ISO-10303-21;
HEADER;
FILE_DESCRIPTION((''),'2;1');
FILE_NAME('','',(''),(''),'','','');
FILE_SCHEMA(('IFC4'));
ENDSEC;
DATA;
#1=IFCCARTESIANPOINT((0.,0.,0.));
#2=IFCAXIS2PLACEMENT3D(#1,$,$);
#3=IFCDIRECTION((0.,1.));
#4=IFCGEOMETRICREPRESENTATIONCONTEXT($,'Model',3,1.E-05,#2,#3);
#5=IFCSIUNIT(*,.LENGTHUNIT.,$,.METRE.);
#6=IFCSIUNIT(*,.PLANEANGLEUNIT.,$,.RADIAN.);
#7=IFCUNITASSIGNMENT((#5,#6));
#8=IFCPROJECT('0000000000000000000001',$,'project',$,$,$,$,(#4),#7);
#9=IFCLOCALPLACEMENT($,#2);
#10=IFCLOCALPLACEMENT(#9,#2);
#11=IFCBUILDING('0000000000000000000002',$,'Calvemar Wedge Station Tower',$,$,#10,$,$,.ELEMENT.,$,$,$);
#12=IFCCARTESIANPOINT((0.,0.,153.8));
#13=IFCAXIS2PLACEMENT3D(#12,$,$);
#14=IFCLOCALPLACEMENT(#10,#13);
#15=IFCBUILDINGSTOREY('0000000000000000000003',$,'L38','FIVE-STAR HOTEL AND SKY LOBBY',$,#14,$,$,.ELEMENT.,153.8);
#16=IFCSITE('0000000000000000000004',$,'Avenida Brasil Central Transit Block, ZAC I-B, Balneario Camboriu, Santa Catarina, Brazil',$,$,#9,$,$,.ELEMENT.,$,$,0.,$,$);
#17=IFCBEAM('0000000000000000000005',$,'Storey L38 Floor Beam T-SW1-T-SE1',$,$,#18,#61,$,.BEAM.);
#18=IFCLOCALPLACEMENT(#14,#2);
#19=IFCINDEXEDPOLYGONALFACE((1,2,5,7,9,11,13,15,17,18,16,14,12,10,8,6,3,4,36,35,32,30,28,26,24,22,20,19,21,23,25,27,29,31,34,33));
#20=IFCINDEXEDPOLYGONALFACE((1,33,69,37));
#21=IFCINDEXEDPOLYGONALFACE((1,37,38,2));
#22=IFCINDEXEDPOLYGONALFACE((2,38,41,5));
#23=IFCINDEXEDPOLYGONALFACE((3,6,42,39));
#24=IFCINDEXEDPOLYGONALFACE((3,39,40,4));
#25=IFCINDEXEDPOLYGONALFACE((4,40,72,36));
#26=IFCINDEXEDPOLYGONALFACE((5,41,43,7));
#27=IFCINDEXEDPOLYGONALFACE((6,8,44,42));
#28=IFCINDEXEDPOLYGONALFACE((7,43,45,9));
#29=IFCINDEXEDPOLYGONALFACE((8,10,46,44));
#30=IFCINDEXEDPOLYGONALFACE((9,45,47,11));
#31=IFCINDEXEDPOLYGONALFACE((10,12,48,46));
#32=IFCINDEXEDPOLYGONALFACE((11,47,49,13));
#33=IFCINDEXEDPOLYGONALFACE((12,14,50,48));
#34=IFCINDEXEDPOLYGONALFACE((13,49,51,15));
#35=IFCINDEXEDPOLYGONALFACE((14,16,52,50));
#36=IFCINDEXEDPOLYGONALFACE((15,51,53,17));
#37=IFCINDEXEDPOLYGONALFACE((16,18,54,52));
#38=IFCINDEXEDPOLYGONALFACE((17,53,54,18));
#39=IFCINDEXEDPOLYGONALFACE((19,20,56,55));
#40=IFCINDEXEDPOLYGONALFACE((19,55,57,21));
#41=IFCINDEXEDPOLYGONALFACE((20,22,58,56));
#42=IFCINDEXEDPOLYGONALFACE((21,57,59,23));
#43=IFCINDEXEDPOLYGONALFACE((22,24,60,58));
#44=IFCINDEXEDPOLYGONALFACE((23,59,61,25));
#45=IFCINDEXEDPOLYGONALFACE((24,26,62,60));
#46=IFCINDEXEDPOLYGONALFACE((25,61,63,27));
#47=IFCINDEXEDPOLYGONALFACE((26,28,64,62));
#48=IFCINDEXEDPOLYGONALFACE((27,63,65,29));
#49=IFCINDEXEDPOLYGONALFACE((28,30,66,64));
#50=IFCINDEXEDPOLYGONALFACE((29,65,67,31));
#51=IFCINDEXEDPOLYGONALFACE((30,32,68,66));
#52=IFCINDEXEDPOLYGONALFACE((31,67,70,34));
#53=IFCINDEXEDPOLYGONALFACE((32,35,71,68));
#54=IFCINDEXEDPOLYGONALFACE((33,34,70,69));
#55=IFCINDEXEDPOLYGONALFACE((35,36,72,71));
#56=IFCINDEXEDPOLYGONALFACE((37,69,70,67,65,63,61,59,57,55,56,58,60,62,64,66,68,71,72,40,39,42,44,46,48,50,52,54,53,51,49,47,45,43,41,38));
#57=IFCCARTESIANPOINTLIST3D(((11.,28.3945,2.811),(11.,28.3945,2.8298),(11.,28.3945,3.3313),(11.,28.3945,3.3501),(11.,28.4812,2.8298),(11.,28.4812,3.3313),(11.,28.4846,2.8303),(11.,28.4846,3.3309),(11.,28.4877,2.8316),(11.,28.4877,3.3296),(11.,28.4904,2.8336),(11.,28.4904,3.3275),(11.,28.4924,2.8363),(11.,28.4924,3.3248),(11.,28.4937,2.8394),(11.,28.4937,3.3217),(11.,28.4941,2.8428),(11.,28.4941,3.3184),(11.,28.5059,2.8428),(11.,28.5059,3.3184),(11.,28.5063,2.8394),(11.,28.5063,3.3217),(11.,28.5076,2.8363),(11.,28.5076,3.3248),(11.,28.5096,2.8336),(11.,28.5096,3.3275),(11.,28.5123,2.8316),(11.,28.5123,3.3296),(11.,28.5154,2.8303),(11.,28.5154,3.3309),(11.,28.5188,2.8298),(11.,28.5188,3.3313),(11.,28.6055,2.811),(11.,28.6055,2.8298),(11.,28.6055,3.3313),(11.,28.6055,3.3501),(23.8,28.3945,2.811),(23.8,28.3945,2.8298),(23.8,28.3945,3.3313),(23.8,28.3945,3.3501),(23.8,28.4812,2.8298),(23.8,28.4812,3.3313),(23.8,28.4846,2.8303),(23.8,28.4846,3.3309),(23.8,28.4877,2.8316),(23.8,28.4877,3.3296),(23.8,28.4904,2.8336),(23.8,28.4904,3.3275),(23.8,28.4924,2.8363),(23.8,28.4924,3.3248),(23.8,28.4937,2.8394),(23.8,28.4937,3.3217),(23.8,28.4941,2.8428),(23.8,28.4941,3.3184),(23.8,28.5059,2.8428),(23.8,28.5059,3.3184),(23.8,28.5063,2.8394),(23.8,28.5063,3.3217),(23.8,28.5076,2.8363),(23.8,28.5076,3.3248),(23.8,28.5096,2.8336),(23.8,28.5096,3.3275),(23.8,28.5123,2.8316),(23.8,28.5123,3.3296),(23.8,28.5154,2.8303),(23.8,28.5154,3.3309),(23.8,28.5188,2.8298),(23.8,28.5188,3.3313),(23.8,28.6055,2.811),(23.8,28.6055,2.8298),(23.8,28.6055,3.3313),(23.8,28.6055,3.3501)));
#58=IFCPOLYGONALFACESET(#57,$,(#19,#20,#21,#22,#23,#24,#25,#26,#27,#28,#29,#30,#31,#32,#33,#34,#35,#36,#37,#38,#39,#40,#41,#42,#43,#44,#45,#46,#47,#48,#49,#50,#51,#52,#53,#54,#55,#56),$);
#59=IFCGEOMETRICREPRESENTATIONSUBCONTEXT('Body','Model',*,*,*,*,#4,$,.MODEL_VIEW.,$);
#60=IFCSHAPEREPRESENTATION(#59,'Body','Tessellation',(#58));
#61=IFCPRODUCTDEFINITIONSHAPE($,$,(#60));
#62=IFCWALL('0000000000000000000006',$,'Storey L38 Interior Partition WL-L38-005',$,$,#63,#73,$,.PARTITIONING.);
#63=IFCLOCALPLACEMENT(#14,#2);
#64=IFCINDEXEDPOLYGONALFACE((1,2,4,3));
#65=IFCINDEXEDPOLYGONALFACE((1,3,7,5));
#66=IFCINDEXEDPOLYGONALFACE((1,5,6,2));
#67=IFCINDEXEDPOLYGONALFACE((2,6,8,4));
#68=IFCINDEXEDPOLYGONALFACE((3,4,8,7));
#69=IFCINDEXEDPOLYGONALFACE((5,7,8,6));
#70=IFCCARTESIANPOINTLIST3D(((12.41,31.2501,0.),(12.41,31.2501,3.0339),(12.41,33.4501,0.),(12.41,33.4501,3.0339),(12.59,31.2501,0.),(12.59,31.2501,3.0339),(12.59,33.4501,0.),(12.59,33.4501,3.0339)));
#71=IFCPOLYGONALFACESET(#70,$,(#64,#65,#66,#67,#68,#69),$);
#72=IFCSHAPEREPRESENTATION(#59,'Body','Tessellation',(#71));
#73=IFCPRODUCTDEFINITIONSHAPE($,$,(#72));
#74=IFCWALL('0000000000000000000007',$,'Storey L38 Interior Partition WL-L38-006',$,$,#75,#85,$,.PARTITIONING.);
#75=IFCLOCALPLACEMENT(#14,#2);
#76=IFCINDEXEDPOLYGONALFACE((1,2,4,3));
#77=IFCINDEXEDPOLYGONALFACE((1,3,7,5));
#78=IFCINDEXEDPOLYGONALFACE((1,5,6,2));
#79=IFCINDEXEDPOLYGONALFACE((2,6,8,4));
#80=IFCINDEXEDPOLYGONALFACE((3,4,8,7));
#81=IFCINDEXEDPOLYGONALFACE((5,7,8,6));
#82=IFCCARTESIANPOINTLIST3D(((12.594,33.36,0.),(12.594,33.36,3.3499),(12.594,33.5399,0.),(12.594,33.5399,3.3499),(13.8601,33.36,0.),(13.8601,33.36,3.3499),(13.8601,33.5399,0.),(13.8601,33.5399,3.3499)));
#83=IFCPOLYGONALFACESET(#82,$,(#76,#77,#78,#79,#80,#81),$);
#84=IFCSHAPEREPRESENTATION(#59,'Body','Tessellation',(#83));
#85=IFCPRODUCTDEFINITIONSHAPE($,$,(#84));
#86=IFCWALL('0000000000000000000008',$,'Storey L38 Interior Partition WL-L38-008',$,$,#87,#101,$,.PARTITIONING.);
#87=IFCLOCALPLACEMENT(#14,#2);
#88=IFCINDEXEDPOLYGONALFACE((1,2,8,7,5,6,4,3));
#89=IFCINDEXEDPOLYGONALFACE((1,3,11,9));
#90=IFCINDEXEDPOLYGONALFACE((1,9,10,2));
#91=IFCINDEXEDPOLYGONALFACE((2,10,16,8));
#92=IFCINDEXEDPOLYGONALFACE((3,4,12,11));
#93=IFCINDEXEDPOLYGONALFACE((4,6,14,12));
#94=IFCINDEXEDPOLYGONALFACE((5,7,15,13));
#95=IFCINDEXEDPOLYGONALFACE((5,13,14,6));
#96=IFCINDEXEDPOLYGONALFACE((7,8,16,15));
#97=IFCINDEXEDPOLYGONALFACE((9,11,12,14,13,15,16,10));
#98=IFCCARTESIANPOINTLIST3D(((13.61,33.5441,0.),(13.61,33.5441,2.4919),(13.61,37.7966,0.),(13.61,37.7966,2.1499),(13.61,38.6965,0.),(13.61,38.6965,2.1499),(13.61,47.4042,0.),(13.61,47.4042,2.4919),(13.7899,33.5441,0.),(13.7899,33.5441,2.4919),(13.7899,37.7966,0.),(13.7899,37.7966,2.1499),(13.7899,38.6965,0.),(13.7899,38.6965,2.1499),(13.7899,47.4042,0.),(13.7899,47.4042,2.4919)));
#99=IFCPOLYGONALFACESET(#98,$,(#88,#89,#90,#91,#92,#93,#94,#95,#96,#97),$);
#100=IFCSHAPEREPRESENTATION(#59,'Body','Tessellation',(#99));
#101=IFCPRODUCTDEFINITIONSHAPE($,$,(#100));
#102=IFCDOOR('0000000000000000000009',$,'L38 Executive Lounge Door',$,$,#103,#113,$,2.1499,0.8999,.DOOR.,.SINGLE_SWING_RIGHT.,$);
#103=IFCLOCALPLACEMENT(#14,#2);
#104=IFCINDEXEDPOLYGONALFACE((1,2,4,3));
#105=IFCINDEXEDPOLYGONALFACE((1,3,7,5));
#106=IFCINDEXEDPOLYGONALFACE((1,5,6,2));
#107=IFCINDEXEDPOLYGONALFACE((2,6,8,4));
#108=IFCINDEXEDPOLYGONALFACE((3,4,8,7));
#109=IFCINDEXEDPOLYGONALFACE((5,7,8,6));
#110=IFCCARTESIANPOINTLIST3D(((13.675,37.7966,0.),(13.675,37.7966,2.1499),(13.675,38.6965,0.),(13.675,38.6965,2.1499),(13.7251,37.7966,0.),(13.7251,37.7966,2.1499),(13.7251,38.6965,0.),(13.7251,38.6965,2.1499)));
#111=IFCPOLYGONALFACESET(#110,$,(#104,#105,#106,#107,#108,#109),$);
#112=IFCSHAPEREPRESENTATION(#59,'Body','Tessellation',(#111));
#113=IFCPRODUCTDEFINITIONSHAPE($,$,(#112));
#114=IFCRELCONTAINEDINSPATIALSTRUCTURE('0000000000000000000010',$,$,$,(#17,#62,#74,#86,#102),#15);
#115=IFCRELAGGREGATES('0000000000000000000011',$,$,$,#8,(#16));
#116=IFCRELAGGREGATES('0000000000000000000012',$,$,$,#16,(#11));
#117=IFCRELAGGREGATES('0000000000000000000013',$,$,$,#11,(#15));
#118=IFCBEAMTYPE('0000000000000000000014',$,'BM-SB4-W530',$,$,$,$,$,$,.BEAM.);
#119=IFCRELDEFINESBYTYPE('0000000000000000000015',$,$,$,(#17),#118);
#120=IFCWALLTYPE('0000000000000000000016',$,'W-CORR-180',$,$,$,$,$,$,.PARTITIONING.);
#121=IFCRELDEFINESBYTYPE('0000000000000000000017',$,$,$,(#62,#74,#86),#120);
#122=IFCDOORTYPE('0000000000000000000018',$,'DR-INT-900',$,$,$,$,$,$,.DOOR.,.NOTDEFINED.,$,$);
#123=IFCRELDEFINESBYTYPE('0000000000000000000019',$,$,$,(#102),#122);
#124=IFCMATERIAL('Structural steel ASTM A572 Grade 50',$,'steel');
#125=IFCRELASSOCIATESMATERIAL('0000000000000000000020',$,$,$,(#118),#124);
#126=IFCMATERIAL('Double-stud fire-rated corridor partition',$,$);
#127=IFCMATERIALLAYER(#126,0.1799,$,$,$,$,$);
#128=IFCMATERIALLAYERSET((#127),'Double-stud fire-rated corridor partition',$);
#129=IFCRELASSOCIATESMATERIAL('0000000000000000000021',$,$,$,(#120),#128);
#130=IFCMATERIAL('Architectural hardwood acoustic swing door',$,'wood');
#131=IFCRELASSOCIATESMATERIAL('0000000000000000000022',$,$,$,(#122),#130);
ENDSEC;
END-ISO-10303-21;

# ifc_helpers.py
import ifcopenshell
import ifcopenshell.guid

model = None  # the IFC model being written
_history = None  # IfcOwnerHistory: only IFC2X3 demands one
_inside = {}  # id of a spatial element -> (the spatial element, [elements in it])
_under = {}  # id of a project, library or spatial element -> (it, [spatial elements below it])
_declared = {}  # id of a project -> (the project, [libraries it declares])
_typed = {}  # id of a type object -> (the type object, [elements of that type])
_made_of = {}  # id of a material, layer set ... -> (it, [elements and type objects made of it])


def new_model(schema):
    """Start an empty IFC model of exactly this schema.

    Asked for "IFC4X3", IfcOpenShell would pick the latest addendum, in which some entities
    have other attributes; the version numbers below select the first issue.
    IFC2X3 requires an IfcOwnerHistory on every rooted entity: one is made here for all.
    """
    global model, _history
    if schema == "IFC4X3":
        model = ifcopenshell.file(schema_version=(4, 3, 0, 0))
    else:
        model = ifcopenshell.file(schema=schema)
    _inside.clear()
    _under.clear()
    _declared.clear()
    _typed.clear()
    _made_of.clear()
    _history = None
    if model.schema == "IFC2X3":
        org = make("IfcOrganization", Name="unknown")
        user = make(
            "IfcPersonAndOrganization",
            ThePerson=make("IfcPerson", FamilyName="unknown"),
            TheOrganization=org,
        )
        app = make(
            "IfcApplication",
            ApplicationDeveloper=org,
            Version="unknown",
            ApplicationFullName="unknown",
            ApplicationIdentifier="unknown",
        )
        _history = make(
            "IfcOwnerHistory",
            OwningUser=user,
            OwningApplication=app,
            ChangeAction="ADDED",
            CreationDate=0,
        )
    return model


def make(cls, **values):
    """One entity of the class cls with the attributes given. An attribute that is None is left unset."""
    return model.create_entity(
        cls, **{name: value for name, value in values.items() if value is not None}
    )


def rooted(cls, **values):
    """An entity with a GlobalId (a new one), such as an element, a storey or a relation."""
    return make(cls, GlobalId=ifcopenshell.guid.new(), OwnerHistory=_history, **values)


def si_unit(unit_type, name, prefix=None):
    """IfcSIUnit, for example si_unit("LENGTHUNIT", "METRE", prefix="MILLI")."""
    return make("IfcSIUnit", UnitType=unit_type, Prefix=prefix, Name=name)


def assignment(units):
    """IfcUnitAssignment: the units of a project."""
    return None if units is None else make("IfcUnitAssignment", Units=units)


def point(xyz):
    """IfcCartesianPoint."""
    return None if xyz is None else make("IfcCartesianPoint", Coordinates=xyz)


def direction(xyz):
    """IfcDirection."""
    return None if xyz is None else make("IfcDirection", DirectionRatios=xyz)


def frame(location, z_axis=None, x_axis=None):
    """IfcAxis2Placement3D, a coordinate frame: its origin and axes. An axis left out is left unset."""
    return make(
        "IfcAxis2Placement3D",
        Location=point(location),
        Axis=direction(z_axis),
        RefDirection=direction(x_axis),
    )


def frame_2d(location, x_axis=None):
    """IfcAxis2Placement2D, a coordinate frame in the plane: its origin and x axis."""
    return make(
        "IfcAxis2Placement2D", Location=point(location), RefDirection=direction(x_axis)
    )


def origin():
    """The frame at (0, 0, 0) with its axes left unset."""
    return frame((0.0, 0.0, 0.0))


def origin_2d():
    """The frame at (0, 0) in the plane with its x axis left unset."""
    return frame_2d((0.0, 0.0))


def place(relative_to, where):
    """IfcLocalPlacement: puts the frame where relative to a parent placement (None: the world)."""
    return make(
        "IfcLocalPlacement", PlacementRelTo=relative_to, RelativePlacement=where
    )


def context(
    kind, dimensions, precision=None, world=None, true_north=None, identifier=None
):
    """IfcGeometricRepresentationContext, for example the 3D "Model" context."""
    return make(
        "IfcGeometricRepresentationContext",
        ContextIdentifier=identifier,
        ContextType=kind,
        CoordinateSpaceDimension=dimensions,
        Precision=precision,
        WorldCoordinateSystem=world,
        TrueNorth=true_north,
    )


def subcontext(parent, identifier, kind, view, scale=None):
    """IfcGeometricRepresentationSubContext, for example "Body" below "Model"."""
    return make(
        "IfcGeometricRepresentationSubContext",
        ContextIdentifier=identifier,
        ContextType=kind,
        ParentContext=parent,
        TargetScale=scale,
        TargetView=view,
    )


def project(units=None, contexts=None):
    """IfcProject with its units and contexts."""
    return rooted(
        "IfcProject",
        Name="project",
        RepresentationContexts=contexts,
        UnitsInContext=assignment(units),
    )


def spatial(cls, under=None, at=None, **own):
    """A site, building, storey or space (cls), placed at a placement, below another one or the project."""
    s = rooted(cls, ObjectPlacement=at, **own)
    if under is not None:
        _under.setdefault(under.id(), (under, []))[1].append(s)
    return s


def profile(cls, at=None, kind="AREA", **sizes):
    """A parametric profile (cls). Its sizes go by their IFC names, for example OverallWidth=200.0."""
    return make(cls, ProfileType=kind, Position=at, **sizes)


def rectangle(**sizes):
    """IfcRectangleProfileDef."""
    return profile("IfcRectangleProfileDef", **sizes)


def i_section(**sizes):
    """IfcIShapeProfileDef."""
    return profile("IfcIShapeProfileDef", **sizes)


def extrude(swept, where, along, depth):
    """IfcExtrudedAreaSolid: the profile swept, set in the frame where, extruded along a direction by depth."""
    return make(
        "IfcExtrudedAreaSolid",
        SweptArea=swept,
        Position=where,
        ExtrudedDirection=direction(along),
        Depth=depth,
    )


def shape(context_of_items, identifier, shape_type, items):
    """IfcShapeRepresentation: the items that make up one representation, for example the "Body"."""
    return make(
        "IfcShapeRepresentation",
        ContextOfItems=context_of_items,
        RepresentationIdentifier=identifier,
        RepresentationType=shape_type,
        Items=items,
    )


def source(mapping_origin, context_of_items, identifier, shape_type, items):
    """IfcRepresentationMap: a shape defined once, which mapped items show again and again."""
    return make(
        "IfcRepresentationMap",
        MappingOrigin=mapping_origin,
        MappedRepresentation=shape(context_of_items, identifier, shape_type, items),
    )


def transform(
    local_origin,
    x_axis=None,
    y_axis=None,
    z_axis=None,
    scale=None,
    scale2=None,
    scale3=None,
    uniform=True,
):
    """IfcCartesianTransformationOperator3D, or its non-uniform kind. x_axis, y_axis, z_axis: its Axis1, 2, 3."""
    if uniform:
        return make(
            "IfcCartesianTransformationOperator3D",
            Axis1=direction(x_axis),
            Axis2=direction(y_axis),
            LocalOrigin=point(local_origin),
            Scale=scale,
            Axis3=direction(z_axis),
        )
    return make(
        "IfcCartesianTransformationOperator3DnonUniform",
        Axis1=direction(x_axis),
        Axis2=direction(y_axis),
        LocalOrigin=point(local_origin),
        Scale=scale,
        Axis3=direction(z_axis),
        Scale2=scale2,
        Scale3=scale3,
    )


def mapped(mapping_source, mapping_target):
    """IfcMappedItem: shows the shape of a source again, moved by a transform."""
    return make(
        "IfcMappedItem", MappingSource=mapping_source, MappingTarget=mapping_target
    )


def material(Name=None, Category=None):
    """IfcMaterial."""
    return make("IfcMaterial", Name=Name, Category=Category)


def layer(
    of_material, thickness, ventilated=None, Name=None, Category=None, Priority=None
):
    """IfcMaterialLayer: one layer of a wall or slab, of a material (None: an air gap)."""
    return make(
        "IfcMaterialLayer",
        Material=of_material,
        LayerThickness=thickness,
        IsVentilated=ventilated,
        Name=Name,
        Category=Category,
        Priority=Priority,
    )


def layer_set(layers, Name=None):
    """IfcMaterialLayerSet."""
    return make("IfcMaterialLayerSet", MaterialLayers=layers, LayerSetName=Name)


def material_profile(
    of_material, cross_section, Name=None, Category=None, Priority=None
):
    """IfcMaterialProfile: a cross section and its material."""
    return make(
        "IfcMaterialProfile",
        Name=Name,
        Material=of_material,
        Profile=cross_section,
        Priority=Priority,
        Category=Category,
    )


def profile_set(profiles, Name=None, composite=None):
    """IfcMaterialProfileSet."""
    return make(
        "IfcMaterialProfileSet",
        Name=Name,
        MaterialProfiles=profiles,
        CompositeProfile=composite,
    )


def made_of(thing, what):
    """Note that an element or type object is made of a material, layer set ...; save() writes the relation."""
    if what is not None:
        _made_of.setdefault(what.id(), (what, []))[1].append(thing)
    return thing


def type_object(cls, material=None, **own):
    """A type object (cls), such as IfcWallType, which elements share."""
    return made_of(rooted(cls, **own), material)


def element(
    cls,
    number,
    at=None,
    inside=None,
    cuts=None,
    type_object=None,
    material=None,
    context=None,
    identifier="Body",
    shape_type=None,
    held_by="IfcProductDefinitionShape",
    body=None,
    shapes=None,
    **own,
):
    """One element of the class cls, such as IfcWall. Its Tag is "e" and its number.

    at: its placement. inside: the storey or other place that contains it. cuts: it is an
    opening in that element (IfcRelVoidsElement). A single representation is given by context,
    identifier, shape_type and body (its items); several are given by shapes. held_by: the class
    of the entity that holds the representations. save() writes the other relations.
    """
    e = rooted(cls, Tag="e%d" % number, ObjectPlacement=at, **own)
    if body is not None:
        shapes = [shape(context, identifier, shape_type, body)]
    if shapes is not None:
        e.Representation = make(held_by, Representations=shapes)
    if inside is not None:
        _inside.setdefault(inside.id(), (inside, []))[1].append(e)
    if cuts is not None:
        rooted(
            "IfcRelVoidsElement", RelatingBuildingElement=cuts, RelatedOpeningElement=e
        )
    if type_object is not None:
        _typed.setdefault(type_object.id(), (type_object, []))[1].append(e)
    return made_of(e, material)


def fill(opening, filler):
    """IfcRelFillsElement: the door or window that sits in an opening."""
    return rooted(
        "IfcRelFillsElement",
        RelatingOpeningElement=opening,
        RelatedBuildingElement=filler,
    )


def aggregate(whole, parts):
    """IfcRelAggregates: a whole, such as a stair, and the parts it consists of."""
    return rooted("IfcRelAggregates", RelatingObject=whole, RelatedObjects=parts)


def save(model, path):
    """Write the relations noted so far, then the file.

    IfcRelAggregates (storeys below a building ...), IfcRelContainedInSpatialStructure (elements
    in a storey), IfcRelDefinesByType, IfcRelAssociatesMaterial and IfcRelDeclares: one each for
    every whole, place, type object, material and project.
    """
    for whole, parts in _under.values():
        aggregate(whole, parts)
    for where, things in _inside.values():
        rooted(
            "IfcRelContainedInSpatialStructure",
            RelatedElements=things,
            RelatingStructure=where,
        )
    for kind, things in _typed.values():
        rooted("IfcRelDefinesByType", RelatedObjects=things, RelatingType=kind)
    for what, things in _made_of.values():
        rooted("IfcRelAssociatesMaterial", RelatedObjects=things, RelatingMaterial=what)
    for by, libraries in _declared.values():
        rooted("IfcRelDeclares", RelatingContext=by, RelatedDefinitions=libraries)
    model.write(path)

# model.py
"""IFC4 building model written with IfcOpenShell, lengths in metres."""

from ifc_helpers import new_model, si_unit, direction, frame, frame_2d, origin, origin_2d, place, context, subcontext, project, spatial, rectangle, i_section, extrude, source, transform, mapped, material, layer, layer_set, material_profile, profile_set, type_object, element, fill, save


model = new_model("IFC4")

# Units and contexts
model_context = context("Model", 3, precision=1e-05, world=origin(), true_north=direction((0.0, 1.0)))
body_context = subcontext(model_context, "Body", "Model", "MODEL_VIEW")
ifc_project = project(units=[si_unit("LENGTHUNIT", "METRE"), si_unit("PLANEANGLEUNIT", "RADIAN")], contexts=[model_context])

# Site, building, storey
site_placement = place(None, origin())
site = spatial("IfcSite", under=ifc_project, at=site_placement, Name="Avenida Brasil Central Transit Block, ZAC I-B, Balneario Camboriu, Santa Catarina, Brazil", CompositionType="ELEMENT", RefElevation=0.0)
building_placement = place(site_placement, origin())
building = spatial("IfcBuilding", under=site, at=building_placement, Name="Calvemar Wedge Station Tower", CompositionType="ELEMENT")
storey_placement = place(building_placement, frame((0.0, 0.0, 153.8)))
storey = spatial("IfcBuildingStorey", under=building, at=storey_placement, Name="L38", Description="FIVE-STAR HOTEL AND SKY LOBBY", CompositionType="ELEMENT", Elevation=153.8)

# Beam
ifc_material_1 = material(Name="Structural steel ASTM A572 Grade 50", Category="steel")
ifc_material_profile_1 = material_profile(ifc_material_1, i_section(OverallWidth=0.2109, OverallDepth=0.5391, WebThickness=0.0117, FlangeThickness=0.0188, FilletRadius=0.0129, at=origin_2d()), Name="W530x109")
ifc_profile_set_1 = profile_set([ifc_material_profile_1], Name="Structural steel ASTM A572 Grade 50")
beam_type_1 = type_object("IfcBeamType", Name="BM-SB4-W530", PredefinedType="BEAM", material=ifc_profile_set_1)
shared_shape_1 = source(origin(), body_context, "Body", "SweptSolid", [
    extrude(i_section(OverallWidth=0.2109, OverallDepth=0.5391, WebThickness=0.0117, FlangeThickness=0.0188, FilletRadius=0.0129, at=origin_2d()), origin(), (0.0, 0.0, 1.0), 12.8),
])
beam_1_placement = place(storey_placement, frame((11.0, 28.5, 3.0806), z_axis=(1.0, 0.0, 0.0), x_axis=(0.0, 1.0, 0.0)))
element("IfcBeam", 1, at=beam_1_placement, inside=storey, type_object=beam_type_1, Name="Storey L38 Floor Beam T-SW1-T-SE1", PredefinedType="BEAM", context=body_context, shape_type="MappedRepresentation", body=[
    mapped(shared_shape_1, transform((0.0, 0.0, 0.0), scale=1.0)),
])

# Walls
ifc_material_2 = material(Name="Double-stud fire-rated corridor partition")
ifc_layer_1 = layer(ifc_material_2, 0.1799)
ifc_layer_set_1 = layer_set([ifc_layer_1], Name="Double-stud fire-rated corridor partition")
wall_type_1 = type_object("IfcWallType", Name="W-CORR-180", PredefinedType="PARTITIONING", material=ifc_layer_set_1)
wall_1_placement = place(storey_placement, frame((12.5, 31.25, 0.0), z_axis=(0.0, 0.0, 1.0), x_axis=(0.0, 1.0, 0.0)))
element("IfcWall", 2, at=wall_1_placement, inside=storey, type_object=wall_type_1, Name="Storey L38 Interior Partition WL-L38-005", PredefinedType="PARTITIONING", context=body_context, shape_type="SweptSolid", body=[
    extrude(rectangle(XDim=2.2, YDim=0.1799, at=frame_2d((1.1001, 0.0))), origin(), (0.0, 0.0, 1.0), 3.0339),
])
wall_2_placement = place(storey_placement, frame((12.594, 33.45, 0.0), z_axis=(0.0, 0.0, 1.0), x_axis=(1.0, 0.0, 0.0)))
element("IfcWall", 3, at=wall_2_placement, inside=storey, type_object=wall_type_1, Name="Storey L38 Interior Partition WL-L38-006", PredefinedType="PARTITIONING", context=body_context, shape_type="SweptSolid", body=[
    extrude(rectangle(XDim=1.2661, YDim=0.1799, at=frame_2d((0.6331, 0.0))), origin(), (0.0, 0.0, 1.0), 3.3499),
])

# Wall, opening, door
wall_3_placement = place(storey_placement, frame((13.7, 33.5439, 0.0), z_axis=(0.0, 0.0, 1.0), x_axis=(0.0, 1.0, 0.0)))
wall_3 = element("IfcWall", 4, at=wall_3_placement, inside=storey, type_object=wall_type_1, Name="Storey L38 Interior Partition WL-L38-008", PredefinedType="PARTITIONING", context=body_context, shape_type="SweptSolid", body=[
    extrude(rectangle(XDim=13.8601, YDim=0.1799, at=frame_2d((6.9302, 0.0))), origin(), (0.0, 0.0, 1.0), 2.4919),
])
shared_shape_2 = source(origin(), body_context, "Body", "SweptSolid", [
    extrude(rectangle(XDim=0.8999, YDim=2.1499, at=frame_2d((0.45, 1.075))), frame((0.0, 0.1001, 0.0), z_axis=(0.0, -1.0, 0.0), x_axis=(1.0, 0.0, 0.0)), (0.0, 0.0, 1.0), 0.2),
])
opening_1_placement = place(wall_3_placement, frame((4.2527, 0.0, 0.0)))
opening_1 = element("IfcOpeningElement", 5, at=opening_1_placement, cuts=wall_3, PredefinedType="OPENING", context=body_context, shape_type="MappedRepresentation", body=[
    mapped(shared_shape_2, transform((0.0, 0.0, 0.0), scale=1.0)),
])
ifc_material_3 = material(Name="Architectural hardwood acoustic swing door", Category="wood")
door_type_1 = type_object("IfcDoorType", Name="DR-INT-900", OperationType="NOTDEFINED", PredefinedType="DOOR", material=ifc_material_3)
shared_shape_3 = source(origin(), body_context, "Body", "SweptSolid", [
    extrude(rectangle(XDim=0.8999, YDim=2.1499, at=frame_2d((0.45, 1.075))), frame((0.0, 0.0249, 0.0), z_axis=(0.0, -1.0, 0.0), x_axis=(1.0, 0.0, 0.0)), (0.0, 0.0, 1.0), 0.05),
])
door_1_placement = place(opening_1_placement, origin())
door_1 = element("IfcDoor", 6, at=door_1_placement, inside=storey, type_object=door_type_1, Name="L38 Executive Lounge Door", OperationType="SINGLE_SWING_RIGHT", OverallHeight=2.1499, OverallWidth=0.8999, PredefinedType="DOOR", context=body_context, shape_type="MappedRepresentation", body=[
    mapped(shared_shape_3, transform((0.0, 0.0, 0.0), scale=1.0)),
])
fill(opening_1, door_1)

save(model, "model.ifc")
